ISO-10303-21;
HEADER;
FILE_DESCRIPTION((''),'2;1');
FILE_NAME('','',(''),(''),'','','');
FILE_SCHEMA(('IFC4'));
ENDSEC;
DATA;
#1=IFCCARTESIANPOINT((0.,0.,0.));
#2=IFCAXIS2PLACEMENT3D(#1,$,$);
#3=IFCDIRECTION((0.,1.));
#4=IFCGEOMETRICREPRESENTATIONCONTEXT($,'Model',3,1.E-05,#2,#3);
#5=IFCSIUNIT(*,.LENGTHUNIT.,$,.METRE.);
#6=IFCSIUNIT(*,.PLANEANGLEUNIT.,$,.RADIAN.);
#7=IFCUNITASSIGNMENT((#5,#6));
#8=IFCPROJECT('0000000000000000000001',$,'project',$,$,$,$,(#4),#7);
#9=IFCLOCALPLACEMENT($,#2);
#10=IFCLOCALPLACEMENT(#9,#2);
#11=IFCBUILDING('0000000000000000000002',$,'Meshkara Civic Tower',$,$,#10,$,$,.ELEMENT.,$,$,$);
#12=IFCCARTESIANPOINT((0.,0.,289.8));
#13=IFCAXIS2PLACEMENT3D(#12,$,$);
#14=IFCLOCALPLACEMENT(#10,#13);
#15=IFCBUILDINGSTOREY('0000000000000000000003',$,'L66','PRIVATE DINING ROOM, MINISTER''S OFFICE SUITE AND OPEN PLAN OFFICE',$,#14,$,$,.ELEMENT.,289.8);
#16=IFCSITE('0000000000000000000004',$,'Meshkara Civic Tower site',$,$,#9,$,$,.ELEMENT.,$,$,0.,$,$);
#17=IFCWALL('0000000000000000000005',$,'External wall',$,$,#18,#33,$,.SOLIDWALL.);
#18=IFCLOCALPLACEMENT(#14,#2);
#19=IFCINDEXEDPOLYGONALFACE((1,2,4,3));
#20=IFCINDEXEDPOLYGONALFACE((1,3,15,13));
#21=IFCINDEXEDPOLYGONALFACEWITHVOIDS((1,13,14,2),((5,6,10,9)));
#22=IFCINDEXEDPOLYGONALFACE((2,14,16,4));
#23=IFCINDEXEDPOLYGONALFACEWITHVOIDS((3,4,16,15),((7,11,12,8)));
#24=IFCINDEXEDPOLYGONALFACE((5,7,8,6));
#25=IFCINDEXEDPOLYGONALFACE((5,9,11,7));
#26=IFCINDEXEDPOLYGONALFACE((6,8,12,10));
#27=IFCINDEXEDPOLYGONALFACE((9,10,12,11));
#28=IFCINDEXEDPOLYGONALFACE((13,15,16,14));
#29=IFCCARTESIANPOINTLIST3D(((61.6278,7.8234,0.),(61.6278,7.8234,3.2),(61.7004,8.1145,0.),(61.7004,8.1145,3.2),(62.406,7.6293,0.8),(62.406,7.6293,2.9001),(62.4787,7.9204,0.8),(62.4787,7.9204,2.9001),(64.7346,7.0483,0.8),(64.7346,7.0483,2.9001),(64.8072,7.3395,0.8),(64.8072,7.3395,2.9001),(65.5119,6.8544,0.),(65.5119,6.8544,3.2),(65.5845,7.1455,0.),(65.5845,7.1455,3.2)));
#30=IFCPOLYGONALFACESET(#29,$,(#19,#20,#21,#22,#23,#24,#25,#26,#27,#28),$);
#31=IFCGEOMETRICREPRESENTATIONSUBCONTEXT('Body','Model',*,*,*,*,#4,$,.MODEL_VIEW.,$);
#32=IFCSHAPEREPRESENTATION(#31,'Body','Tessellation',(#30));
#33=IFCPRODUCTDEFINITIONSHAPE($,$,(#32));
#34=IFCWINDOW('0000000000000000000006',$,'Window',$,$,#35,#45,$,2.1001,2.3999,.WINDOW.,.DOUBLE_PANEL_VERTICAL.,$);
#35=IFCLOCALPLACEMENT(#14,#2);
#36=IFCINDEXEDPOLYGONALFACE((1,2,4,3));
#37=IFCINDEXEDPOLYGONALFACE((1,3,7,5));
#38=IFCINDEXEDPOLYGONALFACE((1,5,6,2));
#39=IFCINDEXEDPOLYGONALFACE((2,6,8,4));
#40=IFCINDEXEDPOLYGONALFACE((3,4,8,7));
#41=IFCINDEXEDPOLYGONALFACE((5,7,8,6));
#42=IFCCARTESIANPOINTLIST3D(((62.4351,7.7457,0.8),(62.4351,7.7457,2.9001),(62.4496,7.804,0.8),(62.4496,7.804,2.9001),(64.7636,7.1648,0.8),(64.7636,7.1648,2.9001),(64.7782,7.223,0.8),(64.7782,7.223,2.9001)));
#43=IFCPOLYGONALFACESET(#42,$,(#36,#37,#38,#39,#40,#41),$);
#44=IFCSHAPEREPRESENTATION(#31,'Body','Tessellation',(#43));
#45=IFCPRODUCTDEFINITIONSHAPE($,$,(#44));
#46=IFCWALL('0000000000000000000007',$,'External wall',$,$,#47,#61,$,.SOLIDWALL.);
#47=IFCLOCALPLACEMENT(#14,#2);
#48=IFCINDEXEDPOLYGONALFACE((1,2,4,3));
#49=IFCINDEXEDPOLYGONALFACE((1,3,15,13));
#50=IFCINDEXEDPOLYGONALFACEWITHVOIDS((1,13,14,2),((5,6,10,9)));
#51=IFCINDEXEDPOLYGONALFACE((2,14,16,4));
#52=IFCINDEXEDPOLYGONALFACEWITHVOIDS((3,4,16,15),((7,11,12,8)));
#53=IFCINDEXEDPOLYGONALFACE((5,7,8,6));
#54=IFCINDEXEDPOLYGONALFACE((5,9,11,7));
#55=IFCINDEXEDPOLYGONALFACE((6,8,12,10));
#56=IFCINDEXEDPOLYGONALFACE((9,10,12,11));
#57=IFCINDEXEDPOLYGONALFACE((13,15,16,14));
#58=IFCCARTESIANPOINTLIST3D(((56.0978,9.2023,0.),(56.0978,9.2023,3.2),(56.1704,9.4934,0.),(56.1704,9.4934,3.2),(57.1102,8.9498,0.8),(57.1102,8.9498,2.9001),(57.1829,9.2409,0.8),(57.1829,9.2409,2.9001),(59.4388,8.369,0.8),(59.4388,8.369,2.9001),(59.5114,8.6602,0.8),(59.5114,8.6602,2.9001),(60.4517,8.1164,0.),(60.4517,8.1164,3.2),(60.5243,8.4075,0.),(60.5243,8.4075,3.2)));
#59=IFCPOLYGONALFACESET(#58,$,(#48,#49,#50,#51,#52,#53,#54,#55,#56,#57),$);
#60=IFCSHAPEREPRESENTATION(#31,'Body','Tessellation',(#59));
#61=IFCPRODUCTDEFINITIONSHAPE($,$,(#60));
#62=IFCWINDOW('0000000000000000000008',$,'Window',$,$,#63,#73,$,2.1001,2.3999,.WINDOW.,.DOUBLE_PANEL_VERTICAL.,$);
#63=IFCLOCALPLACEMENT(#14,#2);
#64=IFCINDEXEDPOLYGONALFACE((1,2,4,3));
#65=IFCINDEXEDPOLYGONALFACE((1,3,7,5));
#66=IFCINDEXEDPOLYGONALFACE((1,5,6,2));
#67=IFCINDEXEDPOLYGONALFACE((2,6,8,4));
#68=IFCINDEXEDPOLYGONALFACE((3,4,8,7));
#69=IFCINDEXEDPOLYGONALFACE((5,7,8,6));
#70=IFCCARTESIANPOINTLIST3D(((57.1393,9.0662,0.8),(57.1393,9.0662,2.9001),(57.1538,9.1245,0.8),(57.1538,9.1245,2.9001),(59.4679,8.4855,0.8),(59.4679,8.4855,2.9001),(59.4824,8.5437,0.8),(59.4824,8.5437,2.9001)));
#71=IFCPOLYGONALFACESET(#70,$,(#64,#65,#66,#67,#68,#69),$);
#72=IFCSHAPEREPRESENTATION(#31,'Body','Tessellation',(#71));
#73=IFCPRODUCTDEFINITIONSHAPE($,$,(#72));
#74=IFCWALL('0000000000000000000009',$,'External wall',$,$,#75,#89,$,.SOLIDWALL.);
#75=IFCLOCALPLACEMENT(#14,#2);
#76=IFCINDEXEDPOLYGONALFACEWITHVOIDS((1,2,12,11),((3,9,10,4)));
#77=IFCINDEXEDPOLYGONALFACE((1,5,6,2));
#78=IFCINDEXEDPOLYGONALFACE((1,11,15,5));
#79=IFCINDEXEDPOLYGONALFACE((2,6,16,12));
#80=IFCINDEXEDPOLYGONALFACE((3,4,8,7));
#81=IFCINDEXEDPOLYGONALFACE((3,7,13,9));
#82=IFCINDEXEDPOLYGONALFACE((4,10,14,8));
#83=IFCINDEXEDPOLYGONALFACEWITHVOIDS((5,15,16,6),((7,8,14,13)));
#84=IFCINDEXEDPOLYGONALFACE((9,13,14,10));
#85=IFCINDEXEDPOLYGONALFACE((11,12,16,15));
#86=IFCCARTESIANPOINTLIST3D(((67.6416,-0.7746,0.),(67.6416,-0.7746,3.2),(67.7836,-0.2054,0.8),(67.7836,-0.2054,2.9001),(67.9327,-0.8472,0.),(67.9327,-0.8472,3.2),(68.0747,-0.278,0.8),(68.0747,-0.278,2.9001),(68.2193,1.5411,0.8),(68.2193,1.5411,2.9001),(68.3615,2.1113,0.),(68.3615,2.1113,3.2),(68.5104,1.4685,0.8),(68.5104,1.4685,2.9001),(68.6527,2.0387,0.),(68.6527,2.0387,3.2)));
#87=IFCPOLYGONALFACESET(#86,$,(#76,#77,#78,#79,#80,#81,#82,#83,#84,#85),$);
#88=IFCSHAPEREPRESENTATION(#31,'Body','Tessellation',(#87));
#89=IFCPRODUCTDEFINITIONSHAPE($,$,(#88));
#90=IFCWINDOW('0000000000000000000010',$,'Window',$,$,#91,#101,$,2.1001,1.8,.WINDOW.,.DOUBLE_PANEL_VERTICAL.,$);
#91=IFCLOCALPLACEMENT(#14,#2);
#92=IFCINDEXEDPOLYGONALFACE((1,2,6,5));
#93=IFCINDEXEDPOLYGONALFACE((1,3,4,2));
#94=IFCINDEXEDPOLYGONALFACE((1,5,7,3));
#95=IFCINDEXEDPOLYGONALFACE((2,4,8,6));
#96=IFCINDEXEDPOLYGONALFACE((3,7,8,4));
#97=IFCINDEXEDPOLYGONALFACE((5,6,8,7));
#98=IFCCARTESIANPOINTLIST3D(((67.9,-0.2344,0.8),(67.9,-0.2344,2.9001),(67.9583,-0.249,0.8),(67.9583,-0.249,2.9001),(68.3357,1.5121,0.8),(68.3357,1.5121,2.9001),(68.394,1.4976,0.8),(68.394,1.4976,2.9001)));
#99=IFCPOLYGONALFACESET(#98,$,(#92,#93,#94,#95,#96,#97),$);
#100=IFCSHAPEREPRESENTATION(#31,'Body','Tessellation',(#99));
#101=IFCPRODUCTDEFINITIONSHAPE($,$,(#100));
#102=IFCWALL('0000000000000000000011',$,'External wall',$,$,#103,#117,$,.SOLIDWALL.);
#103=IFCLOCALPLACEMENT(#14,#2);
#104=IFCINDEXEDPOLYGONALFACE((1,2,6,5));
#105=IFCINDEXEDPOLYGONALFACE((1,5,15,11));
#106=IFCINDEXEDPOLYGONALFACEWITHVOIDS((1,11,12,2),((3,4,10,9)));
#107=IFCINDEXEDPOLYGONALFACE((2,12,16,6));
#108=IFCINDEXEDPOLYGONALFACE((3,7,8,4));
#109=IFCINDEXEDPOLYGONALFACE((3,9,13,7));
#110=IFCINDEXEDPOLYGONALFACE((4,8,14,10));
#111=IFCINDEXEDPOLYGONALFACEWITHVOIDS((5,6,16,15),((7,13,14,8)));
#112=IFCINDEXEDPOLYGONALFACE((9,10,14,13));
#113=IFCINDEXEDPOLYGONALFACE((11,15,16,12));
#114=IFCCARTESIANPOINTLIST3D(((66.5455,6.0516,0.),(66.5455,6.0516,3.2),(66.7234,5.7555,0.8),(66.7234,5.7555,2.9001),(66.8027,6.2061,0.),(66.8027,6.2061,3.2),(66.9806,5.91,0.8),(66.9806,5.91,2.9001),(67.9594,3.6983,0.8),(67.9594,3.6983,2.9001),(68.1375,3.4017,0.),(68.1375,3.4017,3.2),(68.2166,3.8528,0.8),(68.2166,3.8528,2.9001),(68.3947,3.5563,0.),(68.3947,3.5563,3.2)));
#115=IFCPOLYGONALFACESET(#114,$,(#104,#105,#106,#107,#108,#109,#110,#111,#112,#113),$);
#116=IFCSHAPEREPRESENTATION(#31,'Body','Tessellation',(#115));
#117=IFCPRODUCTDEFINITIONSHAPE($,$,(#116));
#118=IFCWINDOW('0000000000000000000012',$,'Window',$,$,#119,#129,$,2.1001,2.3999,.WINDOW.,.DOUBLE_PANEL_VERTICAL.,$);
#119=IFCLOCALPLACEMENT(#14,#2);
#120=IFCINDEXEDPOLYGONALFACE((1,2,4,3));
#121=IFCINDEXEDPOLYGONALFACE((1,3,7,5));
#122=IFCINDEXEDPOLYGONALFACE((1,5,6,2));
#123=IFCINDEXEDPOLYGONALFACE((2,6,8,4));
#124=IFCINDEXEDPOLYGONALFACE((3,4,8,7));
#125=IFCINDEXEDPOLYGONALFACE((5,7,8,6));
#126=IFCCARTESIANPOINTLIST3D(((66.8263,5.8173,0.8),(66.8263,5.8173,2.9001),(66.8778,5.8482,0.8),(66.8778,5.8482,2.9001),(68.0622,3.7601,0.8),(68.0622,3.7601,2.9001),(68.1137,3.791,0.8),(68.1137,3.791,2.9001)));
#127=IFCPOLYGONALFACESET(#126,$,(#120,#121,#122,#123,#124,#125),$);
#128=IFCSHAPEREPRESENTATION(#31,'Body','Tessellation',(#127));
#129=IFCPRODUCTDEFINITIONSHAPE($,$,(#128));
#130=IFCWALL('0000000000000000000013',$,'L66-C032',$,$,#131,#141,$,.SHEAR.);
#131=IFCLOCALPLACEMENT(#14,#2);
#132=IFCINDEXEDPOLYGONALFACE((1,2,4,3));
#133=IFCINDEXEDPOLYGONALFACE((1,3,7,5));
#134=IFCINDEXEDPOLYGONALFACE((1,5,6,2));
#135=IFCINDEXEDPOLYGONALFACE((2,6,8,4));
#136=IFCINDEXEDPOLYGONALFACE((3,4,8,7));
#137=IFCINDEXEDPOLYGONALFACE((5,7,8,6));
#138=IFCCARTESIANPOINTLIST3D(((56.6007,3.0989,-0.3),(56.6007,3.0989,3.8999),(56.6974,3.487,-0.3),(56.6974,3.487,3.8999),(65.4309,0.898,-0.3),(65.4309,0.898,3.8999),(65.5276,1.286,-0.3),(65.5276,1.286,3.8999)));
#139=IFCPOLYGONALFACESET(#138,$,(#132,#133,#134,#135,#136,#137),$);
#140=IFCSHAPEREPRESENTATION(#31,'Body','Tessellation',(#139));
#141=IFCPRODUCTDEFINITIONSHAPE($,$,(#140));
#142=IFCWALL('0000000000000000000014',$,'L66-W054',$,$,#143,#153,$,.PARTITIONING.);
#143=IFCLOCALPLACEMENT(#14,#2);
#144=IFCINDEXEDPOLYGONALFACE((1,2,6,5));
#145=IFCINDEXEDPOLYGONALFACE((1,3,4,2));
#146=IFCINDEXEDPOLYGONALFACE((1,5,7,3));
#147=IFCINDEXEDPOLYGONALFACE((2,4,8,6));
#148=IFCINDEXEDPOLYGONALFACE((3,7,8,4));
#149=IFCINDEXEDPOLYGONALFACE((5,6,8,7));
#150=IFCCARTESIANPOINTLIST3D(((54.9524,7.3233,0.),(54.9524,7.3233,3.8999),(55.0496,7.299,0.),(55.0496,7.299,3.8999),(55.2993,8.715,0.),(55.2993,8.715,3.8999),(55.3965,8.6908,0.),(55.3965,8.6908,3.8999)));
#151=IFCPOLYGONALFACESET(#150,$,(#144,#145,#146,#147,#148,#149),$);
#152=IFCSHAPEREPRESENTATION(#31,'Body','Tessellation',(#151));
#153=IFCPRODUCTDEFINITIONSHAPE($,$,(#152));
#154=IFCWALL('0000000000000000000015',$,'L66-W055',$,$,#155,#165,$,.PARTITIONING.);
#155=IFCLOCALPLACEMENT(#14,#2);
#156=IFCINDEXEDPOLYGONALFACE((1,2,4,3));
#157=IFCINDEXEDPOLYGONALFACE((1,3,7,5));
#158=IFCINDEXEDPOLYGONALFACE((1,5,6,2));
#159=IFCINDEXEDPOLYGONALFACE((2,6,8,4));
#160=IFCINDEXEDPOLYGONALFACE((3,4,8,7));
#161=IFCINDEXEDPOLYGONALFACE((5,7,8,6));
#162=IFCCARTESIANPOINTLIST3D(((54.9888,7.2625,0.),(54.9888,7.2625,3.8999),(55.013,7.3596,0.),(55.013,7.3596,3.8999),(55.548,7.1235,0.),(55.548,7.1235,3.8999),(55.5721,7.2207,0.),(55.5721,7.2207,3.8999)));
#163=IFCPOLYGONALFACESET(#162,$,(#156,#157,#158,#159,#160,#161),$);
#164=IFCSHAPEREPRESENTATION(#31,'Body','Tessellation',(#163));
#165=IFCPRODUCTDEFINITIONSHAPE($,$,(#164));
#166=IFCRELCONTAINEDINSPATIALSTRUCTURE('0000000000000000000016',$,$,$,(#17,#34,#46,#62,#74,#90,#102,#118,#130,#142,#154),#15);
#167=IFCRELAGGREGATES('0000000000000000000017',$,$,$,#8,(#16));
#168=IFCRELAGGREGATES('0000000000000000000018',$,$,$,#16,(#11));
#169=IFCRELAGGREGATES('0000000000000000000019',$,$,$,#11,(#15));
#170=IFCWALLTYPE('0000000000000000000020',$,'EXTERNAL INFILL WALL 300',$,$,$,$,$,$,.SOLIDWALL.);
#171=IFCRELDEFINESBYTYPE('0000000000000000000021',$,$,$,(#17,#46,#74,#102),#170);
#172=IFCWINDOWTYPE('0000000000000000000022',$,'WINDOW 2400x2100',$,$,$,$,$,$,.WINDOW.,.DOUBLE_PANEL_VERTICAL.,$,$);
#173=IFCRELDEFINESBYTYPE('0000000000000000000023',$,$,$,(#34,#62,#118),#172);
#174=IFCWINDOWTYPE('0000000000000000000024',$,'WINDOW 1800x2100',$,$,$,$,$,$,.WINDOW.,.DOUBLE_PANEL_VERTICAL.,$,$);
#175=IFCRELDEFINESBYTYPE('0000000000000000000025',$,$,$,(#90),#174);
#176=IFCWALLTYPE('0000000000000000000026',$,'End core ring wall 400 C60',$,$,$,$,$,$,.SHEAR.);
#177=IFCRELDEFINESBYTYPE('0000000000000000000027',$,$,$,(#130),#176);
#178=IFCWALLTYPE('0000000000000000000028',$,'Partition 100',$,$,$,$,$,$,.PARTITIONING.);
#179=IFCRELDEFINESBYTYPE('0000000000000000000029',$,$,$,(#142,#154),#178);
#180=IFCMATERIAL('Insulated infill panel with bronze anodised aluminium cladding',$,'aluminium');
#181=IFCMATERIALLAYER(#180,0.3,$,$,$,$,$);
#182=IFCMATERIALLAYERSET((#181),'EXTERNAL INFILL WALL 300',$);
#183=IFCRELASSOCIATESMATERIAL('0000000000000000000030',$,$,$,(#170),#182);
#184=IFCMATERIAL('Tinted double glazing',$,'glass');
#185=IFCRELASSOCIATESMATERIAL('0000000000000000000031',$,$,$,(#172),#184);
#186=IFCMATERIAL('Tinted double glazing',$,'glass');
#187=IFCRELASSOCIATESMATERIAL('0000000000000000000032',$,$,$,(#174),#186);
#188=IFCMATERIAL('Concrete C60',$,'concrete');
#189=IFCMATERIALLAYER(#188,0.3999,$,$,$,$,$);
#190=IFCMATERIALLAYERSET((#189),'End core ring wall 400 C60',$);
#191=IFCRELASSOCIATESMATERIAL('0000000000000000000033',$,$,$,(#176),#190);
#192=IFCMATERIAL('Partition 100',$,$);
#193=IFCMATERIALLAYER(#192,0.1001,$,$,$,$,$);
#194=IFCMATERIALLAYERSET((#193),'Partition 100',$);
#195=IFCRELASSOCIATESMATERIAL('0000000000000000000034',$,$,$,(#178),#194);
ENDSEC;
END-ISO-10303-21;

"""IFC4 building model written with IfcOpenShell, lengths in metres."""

from ifc_helpers import new_model, si_unit, direction, frame, frame_2d, origin, place, context, subcontext, project, spatial, rectangle, extrude, material, layer, layer_set, type_object, element, fill, save


model = new_model("IFC4")

# Units and contexts
model_context = context("Model", 3, precision=1e-05, world=origin(), true_north=direction((0.0, 1.0)))
body_context = subcontext(model_context, "Body", "Model", "MODEL_VIEW")
ifc_project = project(units=[si_unit("LENGTHUNIT", "METRE"), si_unit("PLANEANGLEUNIT", "RADIAN")], contexts=[model_context])

# Site, building, storey
site_placement = place(None, origin())
site = spatial("IfcSite", under=ifc_project, at=site_placement, Name="Meshkara Civic Tower site", CompositionType="ELEMENT", RefElevation=0.0)
building_placement = place(site_placement, origin())
building = spatial("IfcBuilding", under=site, at=building_placement, Name="Meshkara Civic Tower", CompositionType="ELEMENT")
storey_placement = place(building_placement, frame((0.0, 0.0, 289.8)))
storey = spatial("IfcBuildingStorey", under=building, at=storey_placement, Name="L66", Description="PRIVATE DINING ROOM, MINISTER'S OFFICE SUITE AND OPEN PLAN OFFICE", CompositionType="ELEMENT", Elevation=289.8)

# Walls, openings, windows
ifc_material_1 = material(Name="Insulated infill panel with bronze anodised aluminium cladding", Category="aluminium")
ifc_layer_1 = layer(ifc_material_1, 0.3)
ifc_layer_set_1 = layer_set([ifc_layer_1], Name="EXTERNAL INFILL WALL 300")
wall_type_1 = type_object("IfcWallType", Name="EXTERNAL INFILL WALL 300", PredefinedType="SOLIDWALL", material=ifc_layer_set_1)
wall_1_placement = place(storey_placement, frame((65.5481, 7.0, 0.0), z_axis=(0.0, 0.0, 1.0), x_axis=(-0.970261, 0.242062, 0.0)))
wall_1 = element("IfcWall", 1, at=wall_1_placement, inside=storey, type_object=wall_type_1, Name="External wall", PredefinedType="SOLIDWALL", context=body_context, shape_type="SweptSolid", body=[
    extrude(rectangle(XDim=4.0032, YDim=0.3, at=frame_2d((2.0015, 0.0))), origin(), (0.0, 0.0, 1.0), 3.2),
])
opening_1_placement = place(wall_1_placement, frame((0.801, 0.0, 0.8)))
opening_1 = element("IfcOpeningElement", 2, at=opening_1_placement, cuts=wall_1, PredefinedType="OPENING", context=body_context, shape_type="SweptSolid", body=[
    extrude(rectangle(XDim=2.3999, YDim=2.1001, at=frame_2d((1.2, 1.05))), frame((0.0, 0.1599, 0.0), z_axis=(0.0, -1.0, 0.0), x_axis=(1.0, 0.0, 0.0)), (0.0, 0.0, 1.0), 0.3201),
])
ifc_material_2 = material(Name="Tinted double glazing", Category="glass")
window_type_1 = type_object("IfcWindowType", Name="WINDOW 2400x2100", PartitioningType="DOUBLE_PANEL_VERTICAL", PredefinedType="WINDOW", material=ifc_material_2)
window_1_placement = place(opening_1_placement, origin())
window_1 = element("IfcWindow", 3, at=window_1_placement, inside=storey, type_object=window_type_1, Name="Window", OverallHeight=2.1001, OverallWidth=2.3999, PartitioningType="DOUBLE_PANEL_VERTICAL", PredefinedType="WINDOW", context=body_context, shape_type="SweptSolid", body=[
    extrude(rectangle(XDim=2.3999, YDim=2.1001, at=frame_2d((1.2, 1.05))), frame((0.0, 0.03, 0.0), z_axis=(0.0, -1.0, 0.0), x_axis=(1.0, 0.0, 0.0)), (0.0, 0.0, 1.0), 0.0601),
])
fill(opening_1, window_1)
wall_2_placement = place(storey_placement, frame((60.488, 8.262, 0.0), z_axis=(0.0, 0.0, 1.0), x_axis=(-0.970277, 0.241998, 0.0)))
wall_2 = element("IfcWall", 4, at=wall_2_placement, inside=storey, type_object=wall_type_1, Name="External wall", PredefinedType="SOLIDWALL", context=body_context, shape_type="SweptSolid", body=[
    extrude(rectangle(XDim=4.4873, YDim=0.3, at=frame_2d((2.2437, 0.0))), origin(), (0.0, 0.0, 1.0), 3.2),
])
opening_2_placement = place(wall_2_placement, frame((1.0439, 0.0, 0.8)))
opening_2 = element("IfcOpeningElement", 5, at=opening_2_placement, cuts=wall_2, PredefinedType="OPENING", context=body_context, shape_type="SweptSolid", body=[
    extrude(rectangle(XDim=2.3999, YDim=2.1001, at=frame_2d((1.2, 1.05))), frame((0.0, 0.1599, 0.0), z_axis=(0.0, -1.0, 0.0), x_axis=(1.0, 0.0, 0.0)), (0.0, 0.0, 1.0), 0.3201),
])
window_2_placement = place(opening_2_placement, origin())
window_2 = element("IfcWindow", 6, at=window_2_placement, inside=storey, type_object=window_type_1, Name="Window", OverallHeight=2.1001, OverallWidth=2.3999, PartitioningType="DOUBLE_PANEL_VERTICAL", PredefinedType="WINDOW", context=body_context, shape_type="SweptSolid", body=[
    extrude(rectangle(XDim=2.3999, YDim=2.1001, at=frame_2d((1.2, 1.05))), frame((0.0, 0.03, 0.0), z_axis=(0.0, -1.0, 0.0), x_axis=(1.0, 0.0, 0.0)), (0.0, 0.0, 1.0), 0.0601),
])
fill(opening_2, window_2)
wall_3_placement = place(storey_placement, frame((67.7871, -0.811, 0.0), z_axis=(0.0, 0.0, 1.0), x_axis=(0.242053, 0.970263, 0.0)))
wall_3 = element("IfcWall", 7, at=wall_3_placement, inside=storey, type_object=wall_type_1, Name="External wall", PredefinedType="SOLIDWALL", context=body_context, shape_type="SweptSolid", body=[
    extrude(rectangle(XDim=2.9744, YDim=0.3, at=frame_2d((1.4873, 0.0))), origin(), (0.0, 0.0, 1.0), 3.2),
])
opening_3_placement = place(wall_3_placement, frame((0.5869, 0.0, 0.8)))
opening_3 = element("IfcOpeningElement", 8, at=opening_3_placement, cuts=wall_3, PredefinedType="OPENING", context=body_context, shape_type="SweptSolid", body=[
    extrude(rectangle(XDim=1.8, YDim=2.1001, at=frame_2d((0.8999, 1.05))), frame((0.0, 0.1599, 0.0), z_axis=(0.0, -1.0, 0.0), x_axis=(1.0, 0.0, 0.0)), (0.0, 0.0, 1.0), 0.3201),
])
ifc_material_3 = material(Name="Tinted double glazing", Category="glass")
window_type_2 = type_object("IfcWindowType", Name="WINDOW 1800x2100", PartitioningType="DOUBLE_PANEL_VERTICAL", PredefinedType="WINDOW", material=ifc_material_3)
window_3_placement = place(opening_3_placement, origin())
window_3 = element("IfcWindow", 9, at=window_3_placement, inside=storey, type_object=window_type_2, Name="Window", OverallHeight=2.1001, OverallWidth=1.8, PartitioningType="DOUBLE_PANEL_VERTICAL", PredefinedType="WINDOW", context=body_context, shape_type="SweptSolid", body=[
    extrude(rectangle(XDim=1.8, YDim=2.1001, at=frame_2d((0.8999, 1.05))), frame((0.0, 0.03, 0.0), z_axis=(0.0, -1.0, 0.0), x_axis=(1.0, 0.0, 0.0)), (0.0, 0.0, 1.0), 0.0601),
])
fill(opening_3, window_3)
wall_4_placement = place(storey_placement, frame((68.2661, 3.479, 0.0), z_axis=(0.0, 0.0, 1.0), x_axis=(-0.514995, 0.857193, 0.0)))
wall_4 = element("IfcWall", 10, at=wall_4_placement, inside=storey, type_object=wall_type_1, Name="External wall", PredefinedType="SOLIDWALL", context=body_context, shape_type="SweptSolid", body=[
    extrude(rectangle(XDim=3.0913, YDim=0.3, at=frame_2d((1.5457, 0.0))), origin(), (0.0, 0.0, 1.0), 3.2),
])
opening_4_placement = place(wall_4_placement, frame((0.3459, 0.0, 0.8)))
opening_4 = element("IfcOpeningElement", 11, at=opening_4_placement, cuts=wall_4, PredefinedType="OPENING", context=body_context, shape_type="SweptSolid", body=[
    extrude(rectangle(XDim=2.3999, YDim=2.1001, at=frame_2d((1.2, 1.05))), frame((0.0, 0.1599, 0.0), z_axis=(0.0, -1.0, 0.0), x_axis=(1.0, 0.0, 0.0)), (0.0, 0.0, 1.0), 0.3201),
])
window_4_placement = place(opening_4_placement, origin())
window_4 = element("IfcWindow", 12, at=window_4_placement, inside=storey, type_object=window_type_1, Name="Window", OverallHeight=2.1001, OverallWidth=2.3999, PartitioningType="DOUBLE_PANEL_VERTICAL", PredefinedType="WINDOW", context=body_context, shape_type="SweptSolid", body=[
    extrude(rectangle(XDim=2.3999, YDim=2.1001, at=frame_2d((1.2, 1.05))), frame((0.0, 0.03, 0.0), z_axis=(0.0, -1.0, 0.0), x_axis=(1.0, 0.0, 0.0)), (0.0, 0.0, 1.0), 0.0601),
])
fill(opening_4, window_4)

# Walls
ifc_material_4 = material(Name="Concrete C60", Category="concrete")
ifc_layer_2 = layer(ifc_material_4, 0.3999)
ifc_layer_set_2 = layer_set([ifc_layer_2], Name="End core ring wall 400 C60")
wall_type_2 = type_object("IfcWallType", Name="End core ring wall 400 C60", PredefinedType="SHEAR", material=ifc_layer_set_2)
wall_5_placement = place(storey_placement, frame((56.6489, 3.293, -0.3), z_axis=(0.0, 0.0, 1.0), x_axis=(0.970313, -0.241854, 0.0)))
element("IfcWall", 13, at=wall_5_placement, inside=storey, type_object=wall_type_2, Name="L66-C032", PredefinedType="SHEAR", context=body_context, shape_type="SweptSolid", body=[
    extrude(rectangle(XDim=9.1003, YDim=0.3999, at=frame_2d((4.5503, 0.0))), origin(), (0.0, 0.0, 1.0), 4.2),
])
ifc_material_5 = material(Name="Partition 100")
ifc_layer_3 = layer(ifc_material_5, 0.1001)
ifc_layer_set_3 = layer_set([ifc_layer_3], Name="Partition 100")
wall_type_3 = type_object("IfcWallType", Name="Partition 100", PredefinedType="PARTITIONING", material=ifc_layer_set_3)
wall_6_placement = place(storey_placement, frame((55.001, 7.311, 0.0), z_axis=(0.0, 0.0, 1.0), x_axis=(0.241855, 0.970312, 0.0)))
element("IfcWall", 14, at=wall_6_placement, inside=storey, type_object=wall_type_3, Name="L66-W054", PredefinedType="PARTITIONING", context=body_context, shape_type="SweptSolid", body=[
    extrude(rectangle(XDim=1.4343, YDim=0.1001, at=frame_2d((0.7173, 0.0))), origin(), (0.0, 0.0, 1.0), 3.8999),
])
wall_7_placement = place(storey_placement, frame((55.5601, 7.1721, 0.0), z_axis=(0.0, 0.0, 1.0), x_axis=(-0.970491, 0.241139, 0.0)))
element("IfcWall", 15, at=wall_7_placement, inside=storey, type_object=wall_type_3, Name="L66-W055", PredefinedType="PARTITIONING", context=body_context, shape_type="SweptSolid", body=[
    extrude(rectangle(XDim=0.5762, YDim=0.1001, at=frame_2d((0.2881, 0.0))), origin(), (0.0, 0.0, 1.0), 3.8999),
])

save(model, "model.ifc")
